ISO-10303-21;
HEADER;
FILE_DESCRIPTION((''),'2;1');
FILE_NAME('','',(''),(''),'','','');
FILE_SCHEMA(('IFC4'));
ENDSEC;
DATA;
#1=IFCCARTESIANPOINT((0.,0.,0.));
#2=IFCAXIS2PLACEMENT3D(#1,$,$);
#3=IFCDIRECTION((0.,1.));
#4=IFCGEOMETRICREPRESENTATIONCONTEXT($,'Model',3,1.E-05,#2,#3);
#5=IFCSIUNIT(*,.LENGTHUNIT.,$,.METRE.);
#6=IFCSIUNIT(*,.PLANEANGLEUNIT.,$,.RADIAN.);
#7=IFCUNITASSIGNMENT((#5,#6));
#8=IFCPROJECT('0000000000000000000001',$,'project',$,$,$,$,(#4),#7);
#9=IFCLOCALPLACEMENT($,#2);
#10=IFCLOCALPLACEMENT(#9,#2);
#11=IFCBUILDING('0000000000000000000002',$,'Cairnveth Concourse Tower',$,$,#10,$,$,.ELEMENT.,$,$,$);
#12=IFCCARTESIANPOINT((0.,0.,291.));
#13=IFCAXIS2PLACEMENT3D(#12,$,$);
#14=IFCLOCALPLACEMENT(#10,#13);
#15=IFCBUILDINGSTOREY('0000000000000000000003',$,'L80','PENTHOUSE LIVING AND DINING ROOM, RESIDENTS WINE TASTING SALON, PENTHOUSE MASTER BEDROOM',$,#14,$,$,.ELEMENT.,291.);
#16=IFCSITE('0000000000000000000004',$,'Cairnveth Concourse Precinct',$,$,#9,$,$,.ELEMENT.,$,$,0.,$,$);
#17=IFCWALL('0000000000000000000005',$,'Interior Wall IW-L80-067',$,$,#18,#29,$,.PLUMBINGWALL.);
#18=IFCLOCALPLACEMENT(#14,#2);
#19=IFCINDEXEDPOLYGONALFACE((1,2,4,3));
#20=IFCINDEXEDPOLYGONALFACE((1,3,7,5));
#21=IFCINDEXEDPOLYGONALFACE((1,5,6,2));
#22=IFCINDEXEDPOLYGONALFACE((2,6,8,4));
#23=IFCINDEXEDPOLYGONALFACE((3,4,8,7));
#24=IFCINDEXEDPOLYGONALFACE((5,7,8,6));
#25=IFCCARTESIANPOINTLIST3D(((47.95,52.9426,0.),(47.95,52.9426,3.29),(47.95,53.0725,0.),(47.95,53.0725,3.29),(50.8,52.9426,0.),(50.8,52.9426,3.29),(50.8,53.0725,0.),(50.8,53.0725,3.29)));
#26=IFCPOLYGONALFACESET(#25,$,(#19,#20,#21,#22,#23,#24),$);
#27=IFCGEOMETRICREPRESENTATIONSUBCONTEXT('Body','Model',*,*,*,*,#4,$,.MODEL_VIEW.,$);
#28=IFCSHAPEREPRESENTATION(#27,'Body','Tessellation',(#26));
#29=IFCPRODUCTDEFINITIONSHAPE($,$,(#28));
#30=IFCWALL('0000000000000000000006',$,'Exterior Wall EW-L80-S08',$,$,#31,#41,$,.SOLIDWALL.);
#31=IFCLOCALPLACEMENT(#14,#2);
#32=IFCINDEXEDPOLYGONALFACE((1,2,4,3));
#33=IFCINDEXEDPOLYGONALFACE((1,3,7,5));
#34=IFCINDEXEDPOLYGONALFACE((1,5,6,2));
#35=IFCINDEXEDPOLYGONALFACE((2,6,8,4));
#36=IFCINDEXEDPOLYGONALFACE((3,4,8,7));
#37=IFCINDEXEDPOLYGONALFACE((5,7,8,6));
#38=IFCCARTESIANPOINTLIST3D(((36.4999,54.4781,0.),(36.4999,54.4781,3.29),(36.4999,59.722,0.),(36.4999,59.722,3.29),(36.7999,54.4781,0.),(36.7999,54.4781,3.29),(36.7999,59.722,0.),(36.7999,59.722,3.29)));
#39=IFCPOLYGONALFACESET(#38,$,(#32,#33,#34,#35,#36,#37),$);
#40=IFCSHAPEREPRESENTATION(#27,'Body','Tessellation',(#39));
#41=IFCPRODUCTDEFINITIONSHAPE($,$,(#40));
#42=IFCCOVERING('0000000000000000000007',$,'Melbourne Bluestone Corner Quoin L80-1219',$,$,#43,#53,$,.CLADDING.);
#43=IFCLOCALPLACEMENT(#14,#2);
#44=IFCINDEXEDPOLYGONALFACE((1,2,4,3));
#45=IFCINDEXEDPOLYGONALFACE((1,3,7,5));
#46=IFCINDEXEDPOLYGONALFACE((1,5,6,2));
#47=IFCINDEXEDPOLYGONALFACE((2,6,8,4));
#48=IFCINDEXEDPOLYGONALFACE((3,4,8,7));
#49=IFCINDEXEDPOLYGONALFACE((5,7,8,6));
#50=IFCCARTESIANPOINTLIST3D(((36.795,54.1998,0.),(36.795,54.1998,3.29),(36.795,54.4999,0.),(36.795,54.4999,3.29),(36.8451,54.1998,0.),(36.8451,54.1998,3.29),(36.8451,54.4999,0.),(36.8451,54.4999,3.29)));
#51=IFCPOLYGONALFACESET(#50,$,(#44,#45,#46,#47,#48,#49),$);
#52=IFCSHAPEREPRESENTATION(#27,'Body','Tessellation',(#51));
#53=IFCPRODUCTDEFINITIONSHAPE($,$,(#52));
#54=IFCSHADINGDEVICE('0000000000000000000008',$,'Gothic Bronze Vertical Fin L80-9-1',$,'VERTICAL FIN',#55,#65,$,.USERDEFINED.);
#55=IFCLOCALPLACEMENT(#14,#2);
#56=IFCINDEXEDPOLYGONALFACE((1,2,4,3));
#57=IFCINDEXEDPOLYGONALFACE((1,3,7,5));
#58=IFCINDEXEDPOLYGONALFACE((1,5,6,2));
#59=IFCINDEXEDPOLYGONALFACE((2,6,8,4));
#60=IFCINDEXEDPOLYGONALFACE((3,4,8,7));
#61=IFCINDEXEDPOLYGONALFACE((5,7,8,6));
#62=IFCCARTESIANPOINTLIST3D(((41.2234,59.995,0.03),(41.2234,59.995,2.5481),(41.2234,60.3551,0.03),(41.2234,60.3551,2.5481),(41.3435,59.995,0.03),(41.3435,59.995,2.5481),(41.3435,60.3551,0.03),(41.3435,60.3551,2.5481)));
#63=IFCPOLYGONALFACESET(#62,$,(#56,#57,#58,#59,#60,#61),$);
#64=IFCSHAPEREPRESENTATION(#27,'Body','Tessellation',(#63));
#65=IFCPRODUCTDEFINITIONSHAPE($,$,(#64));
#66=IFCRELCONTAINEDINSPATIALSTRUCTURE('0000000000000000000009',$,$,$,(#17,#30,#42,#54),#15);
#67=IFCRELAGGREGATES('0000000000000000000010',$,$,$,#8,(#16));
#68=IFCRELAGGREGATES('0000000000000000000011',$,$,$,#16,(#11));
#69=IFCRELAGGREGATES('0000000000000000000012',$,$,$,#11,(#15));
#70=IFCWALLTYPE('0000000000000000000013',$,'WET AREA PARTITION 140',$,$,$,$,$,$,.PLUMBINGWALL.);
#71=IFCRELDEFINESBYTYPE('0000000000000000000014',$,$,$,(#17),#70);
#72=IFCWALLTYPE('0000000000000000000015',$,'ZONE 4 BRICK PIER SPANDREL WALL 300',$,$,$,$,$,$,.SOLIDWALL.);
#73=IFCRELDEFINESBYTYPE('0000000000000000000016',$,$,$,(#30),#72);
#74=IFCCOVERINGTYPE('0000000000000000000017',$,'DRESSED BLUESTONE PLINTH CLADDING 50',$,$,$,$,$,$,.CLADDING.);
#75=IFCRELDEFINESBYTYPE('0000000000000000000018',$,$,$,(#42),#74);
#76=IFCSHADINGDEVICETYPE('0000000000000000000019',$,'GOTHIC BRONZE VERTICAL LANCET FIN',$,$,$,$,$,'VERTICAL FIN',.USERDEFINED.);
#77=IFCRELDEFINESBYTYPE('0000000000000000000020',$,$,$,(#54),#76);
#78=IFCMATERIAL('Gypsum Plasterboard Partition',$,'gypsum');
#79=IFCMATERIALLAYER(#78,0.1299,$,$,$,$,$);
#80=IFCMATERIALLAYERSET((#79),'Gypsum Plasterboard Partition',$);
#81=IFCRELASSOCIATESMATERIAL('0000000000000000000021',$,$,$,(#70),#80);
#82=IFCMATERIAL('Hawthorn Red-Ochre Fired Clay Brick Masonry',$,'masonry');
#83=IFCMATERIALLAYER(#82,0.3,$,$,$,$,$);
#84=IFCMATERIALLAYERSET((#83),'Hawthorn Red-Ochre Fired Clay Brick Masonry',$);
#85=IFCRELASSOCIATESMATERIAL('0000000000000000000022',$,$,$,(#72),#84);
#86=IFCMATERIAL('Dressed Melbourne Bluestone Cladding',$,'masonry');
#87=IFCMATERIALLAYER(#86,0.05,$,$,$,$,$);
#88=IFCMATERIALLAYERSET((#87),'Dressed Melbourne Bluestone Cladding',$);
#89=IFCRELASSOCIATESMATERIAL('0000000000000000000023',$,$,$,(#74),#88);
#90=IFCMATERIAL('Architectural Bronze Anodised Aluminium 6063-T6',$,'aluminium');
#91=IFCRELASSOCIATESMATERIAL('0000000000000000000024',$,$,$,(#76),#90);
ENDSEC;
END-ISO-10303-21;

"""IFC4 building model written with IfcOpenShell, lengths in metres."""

from ifc_helpers import new_model, si_unit, direction, frame, frame_2d, origin, origin_2d, place, context, subcontext, project, spatial, rectangle, extrude, material, layer, layer_set, type_object, element, save


model = new_model("IFC4")

# Units and contexts
model_context = context("Model", 3, precision=1e-05, world=origin(), true_north=direction((0.0, 1.0)))
body_context = subcontext(model_context, "Body", "Model", "MODEL_VIEW")
ifc_project = project(units=[si_unit("LENGTHUNIT", "METRE"), si_unit("PLANEANGLEUNIT", "RADIAN")], contexts=[model_context])

# Site, building, storey
site_placement = place(None, origin())
site = spatial("IfcSite", under=ifc_project, at=site_placement, Name="Cairnveth Concourse Precinct", CompositionType="ELEMENT", RefElevation=0.0)
building_placement = place(site_placement, origin())
building = spatial("IfcBuilding", under=site, at=building_placement, Name="Cairnveth Concourse Tower", CompositionType="ELEMENT")
storey_placement = place(building_placement, frame((0.0, 0.0, 291.0)))
storey = spatial("IfcBuildingStorey", under=building, at=storey_placement, Name="L80", Description="PENTHOUSE LIVING AND DINING ROOM, RESIDENTS WINE TASTING SALON, PENTHOUSE MASTER BEDROOM", CompositionType="ELEMENT", Elevation=291.0)

# Shared definitions
ifc_material_1 = material(Name="Gypsum Plasterboard Partition", Category="gypsum")

# Walls
ifc_layer_1 = layer(ifc_material_1, 0.1299)
ifc_layer_set_1 = layer_set([ifc_layer_1], Name="Gypsum Plasterboard Partition")
wall_type_1 = type_object("IfcWallType", Name="WET AREA PARTITION 140", PredefinedType="PLUMBINGWALL", material=ifc_layer_set_1)
wall_1_placement = place(storey_placement, frame((47.95, 53.0076, 0.0), z_axis=(0.0, 0.0, 1.0), x_axis=(1.0, 0.0, 0.0)))
element("IfcWall", 1, at=wall_1_placement, inside=storey, type_object=wall_type_1, Name="Interior Wall IW-L80-067", PredefinedType="PLUMBINGWALL", context=body_context, shape_type="SweptSolid", body=[
    extrude(rectangle(XDim=2.8501, YDim=0.1299, at=frame_2d((1.425, 0.0))), origin(), (0.0, 0.0, 1.0), 3.29),
])
ifc_material_2 = material(Name="Hawthorn Red-Ochre Fired Clay Brick Masonry", Category="masonry")
ifc_layer_2 = layer(ifc_material_2, 0.3)
ifc_layer_set_2 = layer_set([ifc_layer_2], Name="Hawthorn Red-Ochre Fired Clay Brick Masonry")
wall_type_2 = type_object("IfcWallType", Name="ZONE 4 BRICK PIER SPANDREL WALL 300", PredefinedType="SOLIDWALL", material=ifc_layer_set_2)
wall_2_placement = place(storey_placement, frame((36.6499, 54.478, 0.0), z_axis=(0.0, 0.0, 1.0), x_axis=(0.0, 1.0, 0.0)))
element("IfcWall", 2, at=wall_2_placement, inside=storey, type_object=wall_type_2, Name="Exterior Wall EW-L80-S08", PredefinedType="SOLIDWALL", context=body_context, shape_type="SweptSolid", body=[
    extrude(rectangle(XDim=5.2439, YDim=0.3, at=frame_2d((2.6221, 0.0))), origin(), (0.0, 0.0, 1.0), 3.29),
])

# Covering
ifc_material_3 = material(Name="Dressed Melbourne Bluestone Cladding", Category="masonry")
ifc_layer_3 = layer(ifc_material_3, 0.05)
ifc_layer_set_3 = layer_set([ifc_layer_3], Name="Dressed Melbourne Bluestone Cladding")
covering_type = type_object("IfcCoveringType", Name="DRESSED BLUESTONE PLINTH CLADDING 50", PredefinedType="CLADDING", material=ifc_layer_set_3)
covering_placement = place(storey_placement, frame((36.8201, 54.2, 0.0), z_axis=(0.0, 0.0, 1.0), x_axis=(0.0, 1.0, 0.0)))
element("IfcCovering", 3, at=covering_placement, inside=storey, type_object=covering_type, Name="Melbourne Bluestone Corner Quoin L80-1219", PredefinedType="CLADDING", context=body_context, shape_type="SweptSolid", body=[
    extrude(rectangle(XDim=0.3, YDim=0.05, at=frame_2d((0.1499, 0.0))), origin(), (0.0, 0.0, 1.0), 3.29),
])

# Shading device
ifc_material_4 = material(Name="Architectural Bronze Anodised Aluminium 6063-T6", Category="aluminium")
shading_device_type = type_object("IfcShadingDeviceType", Name="GOTHIC BRONZE VERTICAL LANCET FIN", ElementType="VERTICAL FIN", PredefinedType="USERDEFINED", material=ifc_material_4)
shading_device_placement = place(storey_placement, frame((41.2834, 60.175, 0.03), z_axis=(0.0, 0.0, 1.0), x_axis=(1.0, 0.0, 0.0)))
element("IfcShadingDevice", 4, at=shading_device_placement, inside=storey, type_object=shading_device_type, Name="Gothic Bronze Vertical Fin L80-9-1", ObjectType="VERTICAL FIN", PredefinedType="USERDEFINED", context=body_context, shape_type="SweptSolid", body=[
    extrude(rectangle(XDim=0.1201, YDim=0.3601, at=origin_2d()), origin(), (0.0, 0.0, 1.0), 2.5181),
])

save(model, "model.ifc")
